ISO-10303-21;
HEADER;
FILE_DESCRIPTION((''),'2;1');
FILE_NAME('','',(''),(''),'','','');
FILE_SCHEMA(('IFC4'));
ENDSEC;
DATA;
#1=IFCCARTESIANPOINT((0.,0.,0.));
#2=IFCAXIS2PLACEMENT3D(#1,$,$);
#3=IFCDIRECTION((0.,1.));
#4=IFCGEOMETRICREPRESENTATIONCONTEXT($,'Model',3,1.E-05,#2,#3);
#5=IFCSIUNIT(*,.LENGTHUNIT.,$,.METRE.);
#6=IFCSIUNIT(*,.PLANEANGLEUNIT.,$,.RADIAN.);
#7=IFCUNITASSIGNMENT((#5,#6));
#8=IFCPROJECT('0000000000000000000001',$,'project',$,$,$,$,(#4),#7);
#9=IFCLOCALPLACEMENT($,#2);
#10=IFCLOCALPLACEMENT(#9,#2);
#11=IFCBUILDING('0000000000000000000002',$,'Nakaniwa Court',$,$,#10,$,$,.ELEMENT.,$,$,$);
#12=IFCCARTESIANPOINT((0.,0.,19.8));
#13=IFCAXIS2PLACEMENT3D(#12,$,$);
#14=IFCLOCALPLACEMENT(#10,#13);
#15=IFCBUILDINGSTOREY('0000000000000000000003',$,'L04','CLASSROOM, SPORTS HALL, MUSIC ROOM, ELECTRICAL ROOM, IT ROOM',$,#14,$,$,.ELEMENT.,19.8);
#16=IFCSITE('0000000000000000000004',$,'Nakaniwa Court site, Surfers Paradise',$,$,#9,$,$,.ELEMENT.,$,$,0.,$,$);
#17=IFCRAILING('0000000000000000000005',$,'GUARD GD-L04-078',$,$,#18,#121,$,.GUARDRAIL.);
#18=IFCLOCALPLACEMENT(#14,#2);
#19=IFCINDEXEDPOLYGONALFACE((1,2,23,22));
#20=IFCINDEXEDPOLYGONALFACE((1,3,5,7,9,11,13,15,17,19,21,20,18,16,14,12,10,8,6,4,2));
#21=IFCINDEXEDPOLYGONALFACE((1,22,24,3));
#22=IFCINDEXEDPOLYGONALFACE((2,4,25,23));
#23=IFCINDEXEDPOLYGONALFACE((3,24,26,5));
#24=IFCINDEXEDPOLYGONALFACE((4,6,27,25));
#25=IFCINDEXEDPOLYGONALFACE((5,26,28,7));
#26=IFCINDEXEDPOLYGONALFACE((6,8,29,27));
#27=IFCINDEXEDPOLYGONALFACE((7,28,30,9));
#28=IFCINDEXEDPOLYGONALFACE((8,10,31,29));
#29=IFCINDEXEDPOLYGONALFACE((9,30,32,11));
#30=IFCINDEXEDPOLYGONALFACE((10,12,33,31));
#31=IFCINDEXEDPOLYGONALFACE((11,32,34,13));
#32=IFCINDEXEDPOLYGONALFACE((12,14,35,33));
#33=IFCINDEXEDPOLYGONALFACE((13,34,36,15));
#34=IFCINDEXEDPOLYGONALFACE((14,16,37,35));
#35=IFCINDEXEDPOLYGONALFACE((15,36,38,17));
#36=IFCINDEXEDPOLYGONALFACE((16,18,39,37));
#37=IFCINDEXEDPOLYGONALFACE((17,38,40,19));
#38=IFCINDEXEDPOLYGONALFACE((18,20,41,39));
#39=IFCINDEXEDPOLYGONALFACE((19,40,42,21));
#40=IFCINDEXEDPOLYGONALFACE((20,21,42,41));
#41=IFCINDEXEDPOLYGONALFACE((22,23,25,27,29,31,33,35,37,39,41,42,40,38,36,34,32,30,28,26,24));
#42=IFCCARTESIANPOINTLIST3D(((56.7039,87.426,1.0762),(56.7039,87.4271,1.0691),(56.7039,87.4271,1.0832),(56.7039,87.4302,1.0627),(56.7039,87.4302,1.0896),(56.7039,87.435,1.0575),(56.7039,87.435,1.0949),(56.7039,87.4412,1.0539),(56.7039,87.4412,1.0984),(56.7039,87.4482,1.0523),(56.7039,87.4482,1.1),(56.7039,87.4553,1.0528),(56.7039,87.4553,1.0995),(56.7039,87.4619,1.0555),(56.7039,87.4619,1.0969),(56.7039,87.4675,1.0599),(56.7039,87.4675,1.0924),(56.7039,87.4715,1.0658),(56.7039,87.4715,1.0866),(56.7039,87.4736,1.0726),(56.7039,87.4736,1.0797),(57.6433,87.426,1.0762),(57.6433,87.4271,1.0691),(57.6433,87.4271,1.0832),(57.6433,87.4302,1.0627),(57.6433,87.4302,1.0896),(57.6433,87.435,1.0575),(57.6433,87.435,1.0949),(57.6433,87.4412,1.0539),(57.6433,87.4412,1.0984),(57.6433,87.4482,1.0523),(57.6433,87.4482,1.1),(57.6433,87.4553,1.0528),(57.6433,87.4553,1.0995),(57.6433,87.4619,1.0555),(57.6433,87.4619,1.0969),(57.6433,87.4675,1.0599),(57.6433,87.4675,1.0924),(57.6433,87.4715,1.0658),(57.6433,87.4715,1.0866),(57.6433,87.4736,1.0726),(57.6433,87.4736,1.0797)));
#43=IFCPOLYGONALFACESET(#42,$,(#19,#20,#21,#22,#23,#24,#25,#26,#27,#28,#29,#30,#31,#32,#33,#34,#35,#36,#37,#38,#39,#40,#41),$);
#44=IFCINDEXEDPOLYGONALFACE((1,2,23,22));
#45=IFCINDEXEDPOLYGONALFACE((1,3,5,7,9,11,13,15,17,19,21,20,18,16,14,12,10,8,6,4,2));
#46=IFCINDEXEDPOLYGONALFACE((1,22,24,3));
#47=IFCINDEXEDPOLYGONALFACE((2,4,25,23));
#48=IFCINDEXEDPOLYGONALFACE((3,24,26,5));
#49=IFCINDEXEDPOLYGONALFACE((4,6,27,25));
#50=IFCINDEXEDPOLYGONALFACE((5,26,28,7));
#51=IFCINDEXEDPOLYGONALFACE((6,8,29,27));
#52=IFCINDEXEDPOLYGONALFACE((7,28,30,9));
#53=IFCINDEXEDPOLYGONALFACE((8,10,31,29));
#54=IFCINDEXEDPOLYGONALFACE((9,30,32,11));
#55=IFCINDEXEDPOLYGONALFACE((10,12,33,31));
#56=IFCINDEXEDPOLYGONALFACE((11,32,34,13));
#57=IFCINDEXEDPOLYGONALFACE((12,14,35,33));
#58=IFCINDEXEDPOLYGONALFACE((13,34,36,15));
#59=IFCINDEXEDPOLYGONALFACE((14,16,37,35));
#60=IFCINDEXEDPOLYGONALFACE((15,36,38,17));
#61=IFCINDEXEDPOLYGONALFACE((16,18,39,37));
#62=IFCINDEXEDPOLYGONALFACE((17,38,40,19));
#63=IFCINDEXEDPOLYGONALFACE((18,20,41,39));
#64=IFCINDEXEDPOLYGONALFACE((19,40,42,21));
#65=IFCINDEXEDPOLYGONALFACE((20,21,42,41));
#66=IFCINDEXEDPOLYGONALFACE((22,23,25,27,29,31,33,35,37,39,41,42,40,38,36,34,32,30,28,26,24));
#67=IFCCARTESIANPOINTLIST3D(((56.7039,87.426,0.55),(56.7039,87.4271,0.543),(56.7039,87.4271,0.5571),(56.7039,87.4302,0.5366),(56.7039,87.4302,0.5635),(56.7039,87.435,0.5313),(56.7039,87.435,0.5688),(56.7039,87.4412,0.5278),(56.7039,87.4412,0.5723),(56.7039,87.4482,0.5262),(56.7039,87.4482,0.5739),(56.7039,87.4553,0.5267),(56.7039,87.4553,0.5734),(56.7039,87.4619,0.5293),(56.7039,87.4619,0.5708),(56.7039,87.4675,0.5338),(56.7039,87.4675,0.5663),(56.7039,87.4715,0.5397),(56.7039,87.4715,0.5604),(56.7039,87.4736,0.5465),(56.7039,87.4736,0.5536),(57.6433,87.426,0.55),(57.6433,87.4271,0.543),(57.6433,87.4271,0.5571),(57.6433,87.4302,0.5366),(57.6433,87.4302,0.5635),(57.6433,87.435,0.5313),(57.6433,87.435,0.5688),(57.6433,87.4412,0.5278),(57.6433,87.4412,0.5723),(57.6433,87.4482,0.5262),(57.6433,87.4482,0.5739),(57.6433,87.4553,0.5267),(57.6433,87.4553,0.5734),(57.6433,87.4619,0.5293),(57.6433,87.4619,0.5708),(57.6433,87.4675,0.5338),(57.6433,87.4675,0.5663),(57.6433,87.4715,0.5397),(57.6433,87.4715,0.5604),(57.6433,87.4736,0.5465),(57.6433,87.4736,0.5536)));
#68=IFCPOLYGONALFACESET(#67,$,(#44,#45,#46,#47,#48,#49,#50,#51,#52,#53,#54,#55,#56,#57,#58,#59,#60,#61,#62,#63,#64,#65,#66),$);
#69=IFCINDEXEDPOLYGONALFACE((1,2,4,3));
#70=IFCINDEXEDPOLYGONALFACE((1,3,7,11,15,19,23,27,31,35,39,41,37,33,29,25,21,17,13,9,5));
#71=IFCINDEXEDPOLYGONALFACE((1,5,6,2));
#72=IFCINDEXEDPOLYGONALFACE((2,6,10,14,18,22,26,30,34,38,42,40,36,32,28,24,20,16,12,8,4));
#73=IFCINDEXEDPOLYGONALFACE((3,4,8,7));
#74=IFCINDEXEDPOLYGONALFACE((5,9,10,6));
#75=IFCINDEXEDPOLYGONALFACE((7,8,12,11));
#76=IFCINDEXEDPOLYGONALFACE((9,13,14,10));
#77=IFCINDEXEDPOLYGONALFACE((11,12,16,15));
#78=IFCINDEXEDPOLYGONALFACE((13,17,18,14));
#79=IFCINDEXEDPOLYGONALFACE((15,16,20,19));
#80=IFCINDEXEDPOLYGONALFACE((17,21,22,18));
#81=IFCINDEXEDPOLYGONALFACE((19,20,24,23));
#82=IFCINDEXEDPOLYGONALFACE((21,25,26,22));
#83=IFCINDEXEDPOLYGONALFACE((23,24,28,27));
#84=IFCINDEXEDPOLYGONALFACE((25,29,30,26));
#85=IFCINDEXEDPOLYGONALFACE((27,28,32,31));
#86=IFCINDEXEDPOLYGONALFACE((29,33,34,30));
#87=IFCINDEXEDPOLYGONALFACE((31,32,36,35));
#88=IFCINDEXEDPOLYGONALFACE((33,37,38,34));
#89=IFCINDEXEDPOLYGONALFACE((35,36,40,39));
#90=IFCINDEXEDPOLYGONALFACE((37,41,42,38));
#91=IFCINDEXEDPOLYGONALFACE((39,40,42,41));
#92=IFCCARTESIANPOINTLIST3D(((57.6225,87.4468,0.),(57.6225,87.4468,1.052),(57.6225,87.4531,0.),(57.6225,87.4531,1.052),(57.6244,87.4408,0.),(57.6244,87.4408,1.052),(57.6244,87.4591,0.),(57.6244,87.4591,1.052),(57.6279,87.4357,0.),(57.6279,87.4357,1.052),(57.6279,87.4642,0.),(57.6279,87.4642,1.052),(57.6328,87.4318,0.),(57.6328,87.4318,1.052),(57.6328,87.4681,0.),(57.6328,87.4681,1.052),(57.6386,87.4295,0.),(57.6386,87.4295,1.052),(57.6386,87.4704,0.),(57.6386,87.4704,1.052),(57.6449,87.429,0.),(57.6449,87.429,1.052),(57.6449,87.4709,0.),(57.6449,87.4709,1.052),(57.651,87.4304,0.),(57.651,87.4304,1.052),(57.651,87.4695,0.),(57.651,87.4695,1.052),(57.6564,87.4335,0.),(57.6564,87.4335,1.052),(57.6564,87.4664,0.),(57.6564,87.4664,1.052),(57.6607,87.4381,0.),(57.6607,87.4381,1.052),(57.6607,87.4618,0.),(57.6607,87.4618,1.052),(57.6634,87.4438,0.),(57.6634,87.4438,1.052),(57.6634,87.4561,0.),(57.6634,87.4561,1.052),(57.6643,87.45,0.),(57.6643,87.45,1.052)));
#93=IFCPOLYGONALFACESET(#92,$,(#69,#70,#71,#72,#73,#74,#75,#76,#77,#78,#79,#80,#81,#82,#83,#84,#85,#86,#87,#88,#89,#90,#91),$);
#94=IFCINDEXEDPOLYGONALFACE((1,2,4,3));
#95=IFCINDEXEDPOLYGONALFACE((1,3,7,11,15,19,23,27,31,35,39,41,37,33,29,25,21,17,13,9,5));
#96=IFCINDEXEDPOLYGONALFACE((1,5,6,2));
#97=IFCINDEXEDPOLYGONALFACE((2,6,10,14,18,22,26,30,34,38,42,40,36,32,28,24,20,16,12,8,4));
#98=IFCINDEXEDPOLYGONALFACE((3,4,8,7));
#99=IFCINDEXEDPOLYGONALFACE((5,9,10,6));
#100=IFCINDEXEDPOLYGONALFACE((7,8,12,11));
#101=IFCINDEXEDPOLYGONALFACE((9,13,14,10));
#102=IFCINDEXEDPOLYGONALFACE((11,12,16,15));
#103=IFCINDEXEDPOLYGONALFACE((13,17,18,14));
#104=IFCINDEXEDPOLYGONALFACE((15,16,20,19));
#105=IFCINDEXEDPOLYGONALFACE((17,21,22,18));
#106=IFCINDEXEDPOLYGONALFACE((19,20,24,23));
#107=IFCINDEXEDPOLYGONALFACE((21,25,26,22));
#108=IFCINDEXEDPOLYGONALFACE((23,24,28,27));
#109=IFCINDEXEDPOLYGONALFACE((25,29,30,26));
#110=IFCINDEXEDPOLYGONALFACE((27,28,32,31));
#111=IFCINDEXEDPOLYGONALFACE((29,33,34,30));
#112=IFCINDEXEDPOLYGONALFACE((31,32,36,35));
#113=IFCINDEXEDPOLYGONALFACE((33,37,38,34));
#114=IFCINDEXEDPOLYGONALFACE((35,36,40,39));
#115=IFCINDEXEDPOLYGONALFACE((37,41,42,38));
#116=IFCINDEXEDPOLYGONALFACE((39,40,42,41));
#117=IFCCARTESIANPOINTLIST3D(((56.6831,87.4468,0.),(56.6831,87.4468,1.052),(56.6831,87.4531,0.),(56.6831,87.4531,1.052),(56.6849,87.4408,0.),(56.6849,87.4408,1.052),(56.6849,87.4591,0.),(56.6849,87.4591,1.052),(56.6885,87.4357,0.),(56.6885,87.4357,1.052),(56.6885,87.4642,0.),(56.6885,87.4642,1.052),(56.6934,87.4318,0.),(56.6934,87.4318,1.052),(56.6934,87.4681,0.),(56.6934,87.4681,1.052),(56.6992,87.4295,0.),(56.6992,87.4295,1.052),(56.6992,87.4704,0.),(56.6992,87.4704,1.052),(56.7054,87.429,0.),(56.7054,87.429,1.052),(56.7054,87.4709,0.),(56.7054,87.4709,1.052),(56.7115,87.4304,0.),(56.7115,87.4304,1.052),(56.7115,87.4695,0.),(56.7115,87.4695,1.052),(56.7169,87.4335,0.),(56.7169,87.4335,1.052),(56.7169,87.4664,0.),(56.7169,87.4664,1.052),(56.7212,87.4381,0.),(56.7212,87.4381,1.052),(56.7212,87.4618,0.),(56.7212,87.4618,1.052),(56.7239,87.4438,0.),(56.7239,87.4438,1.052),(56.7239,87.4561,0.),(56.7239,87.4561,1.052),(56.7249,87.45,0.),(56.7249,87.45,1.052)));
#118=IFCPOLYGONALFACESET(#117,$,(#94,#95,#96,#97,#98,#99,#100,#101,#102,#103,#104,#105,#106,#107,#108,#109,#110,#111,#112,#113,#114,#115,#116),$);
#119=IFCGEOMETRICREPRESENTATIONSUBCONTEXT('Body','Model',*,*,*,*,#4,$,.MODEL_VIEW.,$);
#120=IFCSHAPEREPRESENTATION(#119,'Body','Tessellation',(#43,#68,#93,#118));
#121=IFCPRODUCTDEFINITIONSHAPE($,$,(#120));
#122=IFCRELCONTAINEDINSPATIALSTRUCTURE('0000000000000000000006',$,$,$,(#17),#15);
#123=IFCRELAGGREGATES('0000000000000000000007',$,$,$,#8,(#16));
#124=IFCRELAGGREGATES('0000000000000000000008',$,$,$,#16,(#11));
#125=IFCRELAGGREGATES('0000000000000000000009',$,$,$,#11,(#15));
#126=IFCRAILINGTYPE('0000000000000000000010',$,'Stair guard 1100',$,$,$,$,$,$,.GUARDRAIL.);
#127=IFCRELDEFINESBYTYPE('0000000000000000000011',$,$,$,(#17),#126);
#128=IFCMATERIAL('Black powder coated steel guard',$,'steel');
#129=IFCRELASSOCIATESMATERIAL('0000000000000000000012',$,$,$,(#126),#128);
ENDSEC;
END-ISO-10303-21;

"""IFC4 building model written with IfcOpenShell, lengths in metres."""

from ifc_helpers import new_model, si_unit, direction, frame, origin, origin_2d, place, context, subcontext, project, spatial, circle, extrude, material, type_object, element, save


model = new_model("IFC4")

# Units and contexts
model_context = context("Model", 3, precision=1e-05, world=origin(), true_north=direction((0.0, 1.0)))
body_context = subcontext(model_context, "Body", "Model", "MODEL_VIEW")
ifc_project = project(units=[si_unit("LENGTHUNIT", "METRE"), si_unit("PLANEANGLEUNIT", "RADIAN")], contexts=[model_context])

# Site, building, storey
site_placement = place(None, origin())
site = spatial("IfcSite", under=ifc_project, at=site_placement, Name="Nakaniwa Court site, Surfers Paradise", CompositionType="ELEMENT", RefElevation=0.0)
building_placement = place(site_placement, origin())
building = spatial("IfcBuilding", under=site, at=building_placement, Name="Nakaniwa Court", CompositionType="ELEMENT")
storey_placement = place(building_placement, frame((0.0, 0.0, 19.8)))
storey = spatial("IfcBuildingStorey", under=building, at=storey_placement, Name="L04", Description="CLASSROOM, SPORTS HALL, MUSIC ROOM, ELECTRICAL ROOM, IT ROOM", CompositionType="ELEMENT", Elevation=19.8)

# Railing
ifc_material_1 = material(Name="Black powder coated steel guard", Category="steel")
railing_type = type_object("IfcRailingType", Name="Stair guard 1100", PredefinedType="GUARDRAIL", material=ifc_material_1)
railing_1_placement = place(storey_placement, frame((57.6433, 87.45, 0.0)))
element("IfcRailing", 1, at=railing_1_placement, inside=storey, type_object=railing_type, Name="GUARD GD-L04-078", PredefinedType="GUARDRAIL", context=body_context, shape_type="SweptSolid", body=[
    extrude(circle(Radius=0.0239, at=origin_2d()), frame((0.0, 0.0, 1.0762), z_axis=(-1.0, 0.0, 0.0), x_axis=(0.0, -1.0, 0.0)), (0.0, 0.0, 1.0), 0.9395),
    extrude(circle(Radius=0.0239, at=origin_2d()), frame((0.0, 0.0, 0.55), z_axis=(-1.0, 0.0, 0.0), x_axis=(0.0, -1.0, 0.0)), (0.0, 0.0, 1.0), 0.9395),
    extrude(circle(Radius=0.021, at=origin_2d()), origin(), (0.0, 0.0, 1.0), 1.052),
    extrude(circle(Radius=0.021, at=origin_2d()), frame((-0.9395, 0.0, 0.0)), (0.0, 0.0, 1.0), 1.052),
])

save(model, "model.ifc")
